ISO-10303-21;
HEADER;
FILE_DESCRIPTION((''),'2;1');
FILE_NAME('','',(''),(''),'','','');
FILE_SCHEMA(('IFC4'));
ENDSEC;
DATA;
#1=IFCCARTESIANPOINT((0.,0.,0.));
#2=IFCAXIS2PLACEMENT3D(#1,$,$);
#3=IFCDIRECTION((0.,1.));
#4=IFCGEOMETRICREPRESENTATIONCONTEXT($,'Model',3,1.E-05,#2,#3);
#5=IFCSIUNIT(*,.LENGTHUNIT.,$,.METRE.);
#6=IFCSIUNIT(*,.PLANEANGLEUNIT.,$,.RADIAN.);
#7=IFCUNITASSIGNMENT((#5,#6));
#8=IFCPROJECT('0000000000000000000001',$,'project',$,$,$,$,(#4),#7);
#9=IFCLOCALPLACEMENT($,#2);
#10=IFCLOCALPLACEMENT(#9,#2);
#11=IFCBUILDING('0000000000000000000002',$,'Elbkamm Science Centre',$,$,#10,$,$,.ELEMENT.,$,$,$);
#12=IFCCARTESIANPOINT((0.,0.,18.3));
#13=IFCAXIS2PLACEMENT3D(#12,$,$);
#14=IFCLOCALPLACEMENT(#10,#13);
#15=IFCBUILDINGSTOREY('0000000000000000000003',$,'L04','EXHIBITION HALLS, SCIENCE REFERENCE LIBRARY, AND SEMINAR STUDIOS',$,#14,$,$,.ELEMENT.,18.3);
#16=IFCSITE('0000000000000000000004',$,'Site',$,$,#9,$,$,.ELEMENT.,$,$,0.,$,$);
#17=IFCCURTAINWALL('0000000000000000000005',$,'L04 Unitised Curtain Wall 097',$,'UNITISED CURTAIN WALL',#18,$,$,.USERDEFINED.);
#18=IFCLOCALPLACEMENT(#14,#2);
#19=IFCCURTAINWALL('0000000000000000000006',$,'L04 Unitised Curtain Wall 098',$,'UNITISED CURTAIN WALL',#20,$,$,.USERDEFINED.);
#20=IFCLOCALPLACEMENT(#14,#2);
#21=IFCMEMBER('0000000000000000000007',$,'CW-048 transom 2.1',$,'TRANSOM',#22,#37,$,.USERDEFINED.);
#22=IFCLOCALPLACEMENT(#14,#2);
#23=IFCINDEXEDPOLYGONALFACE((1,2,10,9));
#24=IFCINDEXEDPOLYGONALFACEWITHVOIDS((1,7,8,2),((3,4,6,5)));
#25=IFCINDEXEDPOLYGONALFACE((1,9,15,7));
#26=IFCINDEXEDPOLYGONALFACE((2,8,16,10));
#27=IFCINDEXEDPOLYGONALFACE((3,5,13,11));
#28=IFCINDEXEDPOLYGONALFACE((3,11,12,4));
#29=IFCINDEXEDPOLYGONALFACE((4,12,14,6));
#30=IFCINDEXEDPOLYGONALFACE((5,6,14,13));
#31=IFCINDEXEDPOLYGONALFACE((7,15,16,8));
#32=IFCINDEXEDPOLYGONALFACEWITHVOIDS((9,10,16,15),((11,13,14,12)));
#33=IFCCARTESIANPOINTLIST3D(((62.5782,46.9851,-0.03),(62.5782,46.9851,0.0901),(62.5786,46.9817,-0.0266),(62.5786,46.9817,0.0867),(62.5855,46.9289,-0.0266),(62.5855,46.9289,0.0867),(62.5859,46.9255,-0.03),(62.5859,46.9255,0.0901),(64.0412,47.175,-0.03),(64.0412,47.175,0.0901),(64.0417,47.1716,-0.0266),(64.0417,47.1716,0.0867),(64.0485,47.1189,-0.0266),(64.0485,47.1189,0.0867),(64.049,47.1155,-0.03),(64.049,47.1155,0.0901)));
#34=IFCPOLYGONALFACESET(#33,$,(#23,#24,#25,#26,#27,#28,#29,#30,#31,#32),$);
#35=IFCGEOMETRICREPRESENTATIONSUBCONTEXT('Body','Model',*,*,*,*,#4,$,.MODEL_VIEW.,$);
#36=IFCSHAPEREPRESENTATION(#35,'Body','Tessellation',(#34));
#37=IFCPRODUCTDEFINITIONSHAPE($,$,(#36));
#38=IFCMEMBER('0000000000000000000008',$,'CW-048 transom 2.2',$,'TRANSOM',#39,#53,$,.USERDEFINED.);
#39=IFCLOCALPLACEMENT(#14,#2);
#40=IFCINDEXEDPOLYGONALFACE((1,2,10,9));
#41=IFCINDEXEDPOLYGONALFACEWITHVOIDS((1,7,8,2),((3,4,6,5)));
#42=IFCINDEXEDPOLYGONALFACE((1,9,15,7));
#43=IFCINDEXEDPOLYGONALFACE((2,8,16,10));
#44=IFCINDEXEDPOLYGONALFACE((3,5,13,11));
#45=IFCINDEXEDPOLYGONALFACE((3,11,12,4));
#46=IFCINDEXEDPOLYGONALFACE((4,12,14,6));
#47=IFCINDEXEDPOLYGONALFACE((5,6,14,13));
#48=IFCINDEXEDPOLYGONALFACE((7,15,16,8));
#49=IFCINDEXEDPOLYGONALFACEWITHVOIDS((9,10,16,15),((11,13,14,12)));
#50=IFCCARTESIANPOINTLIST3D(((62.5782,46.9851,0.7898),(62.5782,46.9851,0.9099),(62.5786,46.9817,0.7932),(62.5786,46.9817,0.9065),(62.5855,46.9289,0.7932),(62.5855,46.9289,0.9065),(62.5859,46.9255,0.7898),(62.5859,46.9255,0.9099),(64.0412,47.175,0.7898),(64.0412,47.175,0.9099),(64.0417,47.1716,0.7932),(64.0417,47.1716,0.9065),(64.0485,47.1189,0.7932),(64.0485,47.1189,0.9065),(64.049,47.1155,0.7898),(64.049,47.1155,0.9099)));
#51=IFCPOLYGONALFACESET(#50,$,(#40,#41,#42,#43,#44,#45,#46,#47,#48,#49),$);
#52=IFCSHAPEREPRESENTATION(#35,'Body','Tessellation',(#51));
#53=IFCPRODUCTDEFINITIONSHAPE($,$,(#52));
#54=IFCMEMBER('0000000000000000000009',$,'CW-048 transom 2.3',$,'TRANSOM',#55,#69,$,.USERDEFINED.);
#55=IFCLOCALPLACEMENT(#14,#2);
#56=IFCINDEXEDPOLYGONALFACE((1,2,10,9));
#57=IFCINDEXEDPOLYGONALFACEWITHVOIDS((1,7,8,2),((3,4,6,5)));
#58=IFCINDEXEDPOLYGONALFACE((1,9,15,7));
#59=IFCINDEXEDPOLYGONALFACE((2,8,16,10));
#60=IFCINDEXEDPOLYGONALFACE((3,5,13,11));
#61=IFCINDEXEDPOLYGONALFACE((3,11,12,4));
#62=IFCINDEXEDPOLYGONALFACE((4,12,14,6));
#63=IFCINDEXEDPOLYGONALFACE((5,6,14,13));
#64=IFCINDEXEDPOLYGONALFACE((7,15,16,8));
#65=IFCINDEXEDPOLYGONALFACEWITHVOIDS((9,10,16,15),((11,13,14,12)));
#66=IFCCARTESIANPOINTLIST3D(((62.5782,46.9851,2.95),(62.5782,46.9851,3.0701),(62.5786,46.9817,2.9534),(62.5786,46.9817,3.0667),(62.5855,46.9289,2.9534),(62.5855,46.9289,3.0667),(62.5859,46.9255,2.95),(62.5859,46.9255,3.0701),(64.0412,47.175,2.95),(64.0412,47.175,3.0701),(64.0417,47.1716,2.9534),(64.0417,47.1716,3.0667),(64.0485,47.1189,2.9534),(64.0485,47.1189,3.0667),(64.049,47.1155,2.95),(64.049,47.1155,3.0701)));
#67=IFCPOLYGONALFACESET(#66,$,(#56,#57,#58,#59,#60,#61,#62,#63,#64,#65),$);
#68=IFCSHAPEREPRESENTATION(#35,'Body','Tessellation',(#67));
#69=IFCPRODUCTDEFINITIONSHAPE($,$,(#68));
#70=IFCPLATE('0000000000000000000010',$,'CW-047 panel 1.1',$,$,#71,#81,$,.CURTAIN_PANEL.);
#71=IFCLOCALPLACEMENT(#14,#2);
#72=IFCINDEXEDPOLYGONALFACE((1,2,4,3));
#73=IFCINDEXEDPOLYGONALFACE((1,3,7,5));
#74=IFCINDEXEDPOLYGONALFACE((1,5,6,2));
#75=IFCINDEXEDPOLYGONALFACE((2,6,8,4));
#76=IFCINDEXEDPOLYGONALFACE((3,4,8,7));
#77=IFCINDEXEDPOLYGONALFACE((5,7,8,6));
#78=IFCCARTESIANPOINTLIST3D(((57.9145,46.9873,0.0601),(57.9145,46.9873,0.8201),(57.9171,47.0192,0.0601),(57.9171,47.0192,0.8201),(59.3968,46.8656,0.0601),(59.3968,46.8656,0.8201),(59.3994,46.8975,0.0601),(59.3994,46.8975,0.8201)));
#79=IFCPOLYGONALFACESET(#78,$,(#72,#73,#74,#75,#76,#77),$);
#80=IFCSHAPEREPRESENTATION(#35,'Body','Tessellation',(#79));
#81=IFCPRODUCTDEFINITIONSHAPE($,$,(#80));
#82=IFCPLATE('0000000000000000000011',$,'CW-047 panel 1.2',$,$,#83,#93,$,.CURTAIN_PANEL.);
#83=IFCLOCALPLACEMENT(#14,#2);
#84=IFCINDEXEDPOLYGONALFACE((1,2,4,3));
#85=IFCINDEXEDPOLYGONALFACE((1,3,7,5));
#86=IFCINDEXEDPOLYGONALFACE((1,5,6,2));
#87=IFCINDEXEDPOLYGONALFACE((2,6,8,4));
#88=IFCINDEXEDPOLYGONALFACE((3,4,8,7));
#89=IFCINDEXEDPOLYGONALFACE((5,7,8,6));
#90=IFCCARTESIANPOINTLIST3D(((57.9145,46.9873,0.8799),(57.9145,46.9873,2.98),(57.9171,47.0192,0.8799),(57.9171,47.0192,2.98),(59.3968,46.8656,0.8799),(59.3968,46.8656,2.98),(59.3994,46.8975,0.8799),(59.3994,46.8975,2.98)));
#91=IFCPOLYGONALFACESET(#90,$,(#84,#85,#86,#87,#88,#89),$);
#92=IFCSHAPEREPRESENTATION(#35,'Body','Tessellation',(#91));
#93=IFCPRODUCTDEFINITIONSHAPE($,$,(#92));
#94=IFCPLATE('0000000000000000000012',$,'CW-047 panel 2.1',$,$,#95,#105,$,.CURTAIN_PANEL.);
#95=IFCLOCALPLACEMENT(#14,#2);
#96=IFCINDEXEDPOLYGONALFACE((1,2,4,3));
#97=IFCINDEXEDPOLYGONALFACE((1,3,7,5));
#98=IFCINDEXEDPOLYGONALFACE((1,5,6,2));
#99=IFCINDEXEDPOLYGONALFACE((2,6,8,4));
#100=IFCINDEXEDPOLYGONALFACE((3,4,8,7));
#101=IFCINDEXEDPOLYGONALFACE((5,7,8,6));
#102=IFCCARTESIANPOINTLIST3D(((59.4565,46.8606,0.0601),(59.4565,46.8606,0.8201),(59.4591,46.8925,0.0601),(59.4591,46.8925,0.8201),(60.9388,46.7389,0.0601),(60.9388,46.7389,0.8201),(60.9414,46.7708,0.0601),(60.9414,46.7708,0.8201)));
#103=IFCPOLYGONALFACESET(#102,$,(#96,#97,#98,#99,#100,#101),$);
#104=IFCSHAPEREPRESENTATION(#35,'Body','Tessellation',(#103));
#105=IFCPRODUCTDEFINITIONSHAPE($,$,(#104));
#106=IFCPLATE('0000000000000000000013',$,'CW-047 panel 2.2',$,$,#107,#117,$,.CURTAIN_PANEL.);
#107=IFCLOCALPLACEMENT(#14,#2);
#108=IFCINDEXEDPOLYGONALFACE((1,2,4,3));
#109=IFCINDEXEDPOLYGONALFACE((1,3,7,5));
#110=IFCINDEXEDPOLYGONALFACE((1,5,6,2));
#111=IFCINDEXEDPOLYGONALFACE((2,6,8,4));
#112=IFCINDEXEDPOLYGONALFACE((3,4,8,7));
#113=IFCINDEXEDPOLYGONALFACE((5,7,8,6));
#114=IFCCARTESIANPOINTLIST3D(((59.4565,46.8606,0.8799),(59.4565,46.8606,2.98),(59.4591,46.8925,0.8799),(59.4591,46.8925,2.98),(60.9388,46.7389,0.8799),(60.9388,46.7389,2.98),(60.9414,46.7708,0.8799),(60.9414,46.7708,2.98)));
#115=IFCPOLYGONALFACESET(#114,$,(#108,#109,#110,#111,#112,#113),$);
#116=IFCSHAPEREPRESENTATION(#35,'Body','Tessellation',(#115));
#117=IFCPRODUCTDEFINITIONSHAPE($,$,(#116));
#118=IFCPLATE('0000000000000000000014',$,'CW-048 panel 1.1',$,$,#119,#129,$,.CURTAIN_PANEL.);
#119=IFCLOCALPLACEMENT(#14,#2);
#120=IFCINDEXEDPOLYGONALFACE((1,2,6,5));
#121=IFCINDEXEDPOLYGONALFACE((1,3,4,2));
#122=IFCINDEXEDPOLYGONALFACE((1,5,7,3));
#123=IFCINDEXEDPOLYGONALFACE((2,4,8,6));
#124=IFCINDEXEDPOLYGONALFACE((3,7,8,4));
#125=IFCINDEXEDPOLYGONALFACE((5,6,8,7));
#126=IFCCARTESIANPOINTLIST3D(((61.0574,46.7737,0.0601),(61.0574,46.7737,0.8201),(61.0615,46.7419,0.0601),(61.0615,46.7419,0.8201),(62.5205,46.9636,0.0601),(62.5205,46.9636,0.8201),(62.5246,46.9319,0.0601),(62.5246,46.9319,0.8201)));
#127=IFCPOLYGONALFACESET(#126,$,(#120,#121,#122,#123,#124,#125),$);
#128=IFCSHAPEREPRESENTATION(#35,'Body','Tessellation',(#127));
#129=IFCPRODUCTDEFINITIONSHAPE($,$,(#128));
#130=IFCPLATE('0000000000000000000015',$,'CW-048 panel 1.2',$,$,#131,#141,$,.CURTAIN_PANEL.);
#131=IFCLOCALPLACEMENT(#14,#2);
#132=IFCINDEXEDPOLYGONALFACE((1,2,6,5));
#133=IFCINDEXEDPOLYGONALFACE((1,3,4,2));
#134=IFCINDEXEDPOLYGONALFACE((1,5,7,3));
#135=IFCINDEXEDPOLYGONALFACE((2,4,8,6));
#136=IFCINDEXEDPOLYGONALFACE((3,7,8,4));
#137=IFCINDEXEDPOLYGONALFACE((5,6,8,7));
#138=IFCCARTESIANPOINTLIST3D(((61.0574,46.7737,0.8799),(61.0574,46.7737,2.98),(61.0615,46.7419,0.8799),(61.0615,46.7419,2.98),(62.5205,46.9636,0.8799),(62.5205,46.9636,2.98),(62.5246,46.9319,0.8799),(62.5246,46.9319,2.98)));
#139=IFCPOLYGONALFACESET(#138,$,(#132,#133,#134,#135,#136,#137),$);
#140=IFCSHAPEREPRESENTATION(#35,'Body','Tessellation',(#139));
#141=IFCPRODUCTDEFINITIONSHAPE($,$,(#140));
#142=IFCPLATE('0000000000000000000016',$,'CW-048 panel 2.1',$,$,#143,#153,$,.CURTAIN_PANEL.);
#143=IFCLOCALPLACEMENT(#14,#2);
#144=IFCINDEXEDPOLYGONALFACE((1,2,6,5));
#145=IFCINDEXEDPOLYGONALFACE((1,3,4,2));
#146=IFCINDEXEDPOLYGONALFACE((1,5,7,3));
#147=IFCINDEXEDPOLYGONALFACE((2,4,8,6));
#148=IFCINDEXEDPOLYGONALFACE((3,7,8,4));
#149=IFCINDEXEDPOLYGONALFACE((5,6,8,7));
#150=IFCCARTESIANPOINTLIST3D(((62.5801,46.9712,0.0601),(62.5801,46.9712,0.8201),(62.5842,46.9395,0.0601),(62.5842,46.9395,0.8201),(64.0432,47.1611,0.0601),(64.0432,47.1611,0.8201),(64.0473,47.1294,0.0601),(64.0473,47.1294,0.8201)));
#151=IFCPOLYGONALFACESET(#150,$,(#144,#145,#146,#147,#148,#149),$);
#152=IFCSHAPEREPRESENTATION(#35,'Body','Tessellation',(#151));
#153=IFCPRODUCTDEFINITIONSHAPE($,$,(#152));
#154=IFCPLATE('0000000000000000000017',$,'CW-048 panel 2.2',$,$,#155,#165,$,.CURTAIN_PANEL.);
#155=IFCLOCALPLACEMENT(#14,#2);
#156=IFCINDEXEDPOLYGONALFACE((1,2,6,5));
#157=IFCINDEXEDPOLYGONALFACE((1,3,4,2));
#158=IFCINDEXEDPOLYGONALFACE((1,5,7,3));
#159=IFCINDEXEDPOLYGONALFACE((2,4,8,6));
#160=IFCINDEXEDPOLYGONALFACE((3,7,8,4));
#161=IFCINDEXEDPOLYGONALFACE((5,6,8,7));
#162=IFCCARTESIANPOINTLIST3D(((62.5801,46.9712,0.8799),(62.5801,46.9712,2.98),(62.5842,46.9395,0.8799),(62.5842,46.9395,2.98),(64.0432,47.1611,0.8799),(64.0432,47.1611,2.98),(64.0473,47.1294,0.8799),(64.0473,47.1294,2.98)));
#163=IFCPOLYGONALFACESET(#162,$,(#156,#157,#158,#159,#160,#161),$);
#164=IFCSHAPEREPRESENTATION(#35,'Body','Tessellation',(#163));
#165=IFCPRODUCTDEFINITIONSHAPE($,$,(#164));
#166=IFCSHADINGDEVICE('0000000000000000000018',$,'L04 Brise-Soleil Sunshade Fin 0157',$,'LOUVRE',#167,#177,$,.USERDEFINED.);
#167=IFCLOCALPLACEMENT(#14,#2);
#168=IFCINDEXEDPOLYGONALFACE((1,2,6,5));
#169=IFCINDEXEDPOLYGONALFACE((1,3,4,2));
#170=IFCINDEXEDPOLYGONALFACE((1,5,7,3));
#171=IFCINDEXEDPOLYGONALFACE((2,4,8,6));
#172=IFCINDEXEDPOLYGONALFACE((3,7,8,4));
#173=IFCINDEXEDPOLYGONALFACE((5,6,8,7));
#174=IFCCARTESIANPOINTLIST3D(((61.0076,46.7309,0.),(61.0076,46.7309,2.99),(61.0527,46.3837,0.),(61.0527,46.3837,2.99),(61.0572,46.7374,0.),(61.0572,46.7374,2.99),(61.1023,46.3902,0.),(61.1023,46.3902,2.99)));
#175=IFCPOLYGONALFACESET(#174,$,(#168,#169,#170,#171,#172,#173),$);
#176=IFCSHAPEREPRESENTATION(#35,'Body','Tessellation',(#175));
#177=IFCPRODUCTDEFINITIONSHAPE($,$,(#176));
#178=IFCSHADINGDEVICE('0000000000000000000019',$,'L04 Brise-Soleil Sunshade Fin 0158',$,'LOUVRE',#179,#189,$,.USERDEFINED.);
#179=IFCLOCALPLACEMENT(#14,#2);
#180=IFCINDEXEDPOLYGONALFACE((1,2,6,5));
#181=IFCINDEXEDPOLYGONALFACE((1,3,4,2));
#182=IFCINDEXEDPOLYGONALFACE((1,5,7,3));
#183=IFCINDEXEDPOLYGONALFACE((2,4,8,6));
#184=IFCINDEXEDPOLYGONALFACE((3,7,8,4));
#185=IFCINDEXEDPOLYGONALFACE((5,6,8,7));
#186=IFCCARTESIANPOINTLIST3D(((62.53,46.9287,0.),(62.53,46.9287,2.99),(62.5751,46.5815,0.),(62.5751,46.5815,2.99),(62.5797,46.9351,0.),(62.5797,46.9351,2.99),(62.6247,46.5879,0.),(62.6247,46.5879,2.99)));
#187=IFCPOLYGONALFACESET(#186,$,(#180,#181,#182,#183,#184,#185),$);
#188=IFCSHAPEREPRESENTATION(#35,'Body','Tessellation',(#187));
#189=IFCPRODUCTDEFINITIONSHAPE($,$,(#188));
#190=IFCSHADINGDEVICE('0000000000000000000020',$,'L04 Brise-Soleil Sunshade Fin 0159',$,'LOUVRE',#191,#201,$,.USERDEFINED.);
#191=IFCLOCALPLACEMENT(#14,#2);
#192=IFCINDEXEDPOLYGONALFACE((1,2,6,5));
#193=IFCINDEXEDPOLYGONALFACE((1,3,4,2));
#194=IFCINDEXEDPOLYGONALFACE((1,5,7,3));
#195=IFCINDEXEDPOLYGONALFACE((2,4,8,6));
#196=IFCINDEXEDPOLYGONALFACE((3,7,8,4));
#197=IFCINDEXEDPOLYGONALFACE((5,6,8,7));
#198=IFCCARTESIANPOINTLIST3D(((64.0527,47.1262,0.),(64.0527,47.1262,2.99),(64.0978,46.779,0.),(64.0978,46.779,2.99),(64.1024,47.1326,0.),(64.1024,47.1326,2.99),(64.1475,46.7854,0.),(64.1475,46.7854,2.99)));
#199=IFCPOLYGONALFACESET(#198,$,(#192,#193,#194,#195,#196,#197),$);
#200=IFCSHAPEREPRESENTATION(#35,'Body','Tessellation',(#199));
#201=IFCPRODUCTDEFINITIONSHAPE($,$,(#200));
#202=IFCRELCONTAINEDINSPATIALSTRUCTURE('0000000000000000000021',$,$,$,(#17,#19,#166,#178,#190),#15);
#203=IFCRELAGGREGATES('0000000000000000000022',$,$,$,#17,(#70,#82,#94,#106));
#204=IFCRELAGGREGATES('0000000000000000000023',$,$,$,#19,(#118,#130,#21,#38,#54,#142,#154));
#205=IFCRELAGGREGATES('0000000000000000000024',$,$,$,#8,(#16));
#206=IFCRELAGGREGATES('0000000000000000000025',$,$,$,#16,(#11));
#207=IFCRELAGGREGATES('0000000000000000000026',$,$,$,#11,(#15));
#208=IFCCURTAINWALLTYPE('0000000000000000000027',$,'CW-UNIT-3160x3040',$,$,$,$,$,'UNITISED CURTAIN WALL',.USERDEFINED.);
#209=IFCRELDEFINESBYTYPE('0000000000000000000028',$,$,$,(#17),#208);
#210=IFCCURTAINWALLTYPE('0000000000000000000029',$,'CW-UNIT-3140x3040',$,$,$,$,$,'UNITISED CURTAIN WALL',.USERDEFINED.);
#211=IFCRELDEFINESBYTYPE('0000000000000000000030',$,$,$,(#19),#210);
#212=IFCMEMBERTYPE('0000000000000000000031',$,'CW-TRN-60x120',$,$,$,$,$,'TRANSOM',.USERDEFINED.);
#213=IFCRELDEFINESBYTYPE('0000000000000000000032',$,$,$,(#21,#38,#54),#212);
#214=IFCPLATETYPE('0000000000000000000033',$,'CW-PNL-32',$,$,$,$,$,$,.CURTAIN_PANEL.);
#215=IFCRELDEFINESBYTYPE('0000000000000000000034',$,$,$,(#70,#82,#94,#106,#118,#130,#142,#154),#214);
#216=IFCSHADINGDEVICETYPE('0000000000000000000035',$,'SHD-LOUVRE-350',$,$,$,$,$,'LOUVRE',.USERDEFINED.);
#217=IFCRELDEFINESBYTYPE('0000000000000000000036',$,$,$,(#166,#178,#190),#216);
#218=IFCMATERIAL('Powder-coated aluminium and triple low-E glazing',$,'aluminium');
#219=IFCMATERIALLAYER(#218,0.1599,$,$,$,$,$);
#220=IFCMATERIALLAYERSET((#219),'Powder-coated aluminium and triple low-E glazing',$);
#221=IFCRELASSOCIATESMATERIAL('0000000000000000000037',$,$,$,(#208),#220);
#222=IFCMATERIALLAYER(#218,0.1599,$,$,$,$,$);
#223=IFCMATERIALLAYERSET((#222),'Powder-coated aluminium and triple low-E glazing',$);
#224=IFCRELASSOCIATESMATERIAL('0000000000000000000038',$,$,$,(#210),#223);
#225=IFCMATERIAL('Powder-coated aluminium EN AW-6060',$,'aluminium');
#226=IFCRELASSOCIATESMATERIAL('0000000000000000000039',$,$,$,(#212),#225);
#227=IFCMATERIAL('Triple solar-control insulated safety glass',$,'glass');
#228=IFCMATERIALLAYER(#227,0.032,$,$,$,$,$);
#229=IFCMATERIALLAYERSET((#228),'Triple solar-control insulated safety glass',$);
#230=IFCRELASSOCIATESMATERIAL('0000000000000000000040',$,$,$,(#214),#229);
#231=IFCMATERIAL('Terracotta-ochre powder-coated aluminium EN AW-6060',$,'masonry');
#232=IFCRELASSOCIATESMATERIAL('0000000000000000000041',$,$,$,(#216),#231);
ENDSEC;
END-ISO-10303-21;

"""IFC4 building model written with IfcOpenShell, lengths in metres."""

from ifc_helpers import new_model, si_unit, direction, frame, origin, origin_2d, place, context, subcontext, project, spatial, rectangle, hollow_rectangle, extrude, material, layer, layer_set, material_profile, profile_set, type_object, element, aggregate, save


model = new_model("IFC4")

# Units and contexts
model_context = context("Model", 3, precision=1e-05, world=origin(), true_north=direction((0.0, 1.0)))
body_context = subcontext(model_context, "Body", "Model", "MODEL_VIEW")
ifc_project = project(units=[si_unit("LENGTHUNIT", "METRE"), si_unit("PLANEANGLEUNIT", "RADIAN")], contexts=[model_context])

# Site, building, storey
site_placement = place(None, origin())
site = spatial("IfcSite", under=ifc_project, at=site_placement, Name="Site", CompositionType="ELEMENT", RefElevation=0.0)
building_placement = place(site_placement, origin())
building = spatial("IfcBuilding", under=site, at=building_placement, Name="Elbkamm Science Centre", CompositionType="ELEMENT")
storey_placement = place(building_placement, frame((0.0, 0.0, 18.3)))
storey = spatial("IfcBuildingStorey", under=building, at=storey_placement, Name="L04", Description="EXHIBITION HALLS, SCIENCE REFERENCE LIBRARY, AND SEMINAR STUDIOS", CompositionType="ELEMENT", Elevation=18.3)

# Curtain walls
ifc_material_1 = material(Name="Powder-coated aluminium and triple low-E glazing", Category="aluminium")
ifc_layer_1 = layer(ifc_material_1, 0.1599)
ifc_layer_set_1 = layer_set([ifc_layer_1], Name="Powder-coated aluminium and triple low-E glazing")
curtain_wall_type_1 = type_object("IfcCurtainWallType", Name="CW-UNIT-3160x3040", ElementType="UNITISED CURTAIN WALL", PredefinedType="USERDEFINED", material=ifc_layer_set_1)
curtain_wall_1_placement = place(storey_placement, origin())
curtain_wall_1 = element("IfcCurtainWall", 1, at=curtain_wall_1_placement, inside=storey, type_object=curtain_wall_type_1, Name="L04 Unitised Curtain Wall 097", ObjectType="UNITISED CURTAIN WALL", PredefinedType="USERDEFINED")
ifc_material_2 = material(Name="Powder-coated aluminium EN AW-6060", Category="aluminium")
ifc_layer_2 = layer(ifc_material_1, 0.1599)
ifc_layer_set_2 = layer_set([ifc_layer_2], Name="Powder-coated aluminium and triple low-E glazing")
curtain_wall_type_2 = type_object("IfcCurtainWallType", Name="CW-UNIT-3140x3040", ElementType="UNITISED CURTAIN WALL", PredefinedType="USERDEFINED", material=ifc_layer_set_2)
curtain_wall_2_placement = place(storey_placement, origin())
curtain_wall_2 = element("IfcCurtainWall", 2, at=curtain_wall_2_placement, inside=storey, type_object=curtain_wall_type_2, Name="L04 Unitised Curtain Wall 098", ObjectType="UNITISED CURTAIN WALL", PredefinedType="USERDEFINED")

# Members
ifc_material_profile_1 = material_profile(ifc_material_2, hollow_rectangle(XDim=0.0601, YDim=0.1201, WallThickness=0.0034, at=origin_2d()), Name="ALU T60x120")
ifc_profile_set_1 = profile_set([ifc_material_profile_1], Name="Powder-coated aluminium EN AW-6060")
member_type_1 = type_object("IfcMemberType", Name="CW-TRN-60x120", ElementType="TRANSOM", PredefinedType="USERDEFINED", material=ifc_profile_set_1)
member_1_placement = place(storey_placement, frame((62.582, 46.9553, 0.03), z_axis=(0.991679, 0.128738, 0.0), x_axis=(-0.128738, 0.991679, 0.0)))
member_1 = element("IfcMember", 3, at=member_1_placement, type_object=member_type_1, Name="CW-048 transom 2.1", ObjectType="TRANSOM", PredefinedType="USERDEFINED", context=body_context, shape_type="SweptSolid", body=[
    extrude(hollow_rectangle(XDim=0.0601, YDim=0.1201, WallThickness=0.0034, at=origin_2d()), origin(), (0.0, 0.0, 1.0), 1.4753),
])
member_2_placement = place(storey_placement, frame((62.582, 46.9553, 0.8499), z_axis=(0.991679, 0.128738, 0.0), x_axis=(-0.128738, 0.991679, 0.0)))
member_2 = element("IfcMember", 4, at=member_2_placement, type_object=member_type_1, Name="CW-048 transom 2.2", ObjectType="TRANSOM", PredefinedType="USERDEFINED", context=body_context, shape_type="SweptSolid", body=[
    extrude(hollow_rectangle(XDim=0.0601, YDim=0.1201, WallThickness=0.0034, at=origin_2d()), origin(), (0.0, 0.0, 1.0), 1.4753),
])
member_3_placement = place(storey_placement, frame((62.582, 46.9553, 3.01), z_axis=(0.991679, 0.128738, 0.0), x_axis=(-0.128738, 0.991679, 0.0)))
member_3 = element("IfcMember", 5, at=member_3_placement, type_object=member_type_1, Name="CW-048 transom 2.3", ObjectType="TRANSOM", PredefinedType="USERDEFINED", context=body_context, shape_type="SweptSolid", body=[
    extrude(hollow_rectangle(XDim=0.0601, YDim=0.1201, WallThickness=0.0034, at=origin_2d()), origin(), (0.0, 0.0, 1.0), 1.4753),
])

# Plates
ifc_material_3 = material(Name="Triple solar-control insulated safety glass", Category="glass")
ifc_layer_3 = layer(ifc_material_3, 0.032)
ifc_layer_set_3 = layer_set([ifc_layer_3], Name="Triple solar-control insulated safety glass")
plate_type = type_object("IfcPlateType", Name="CW-PNL-32", PredefinedType="CURTAIN_PANEL", material=ifc_layer_set_3)
plate_1_placement = place(storey_placement, frame((58.657, 46.9424, 0.0601), z_axis=(0.0, 0.0, 1.0), x_axis=(0.996647, -0.08182, 0.0)))
plate_1 = element("IfcPlate", 6, at=plate_1_placement, type_object=plate_type, Name="CW-047 panel 1.1", PredefinedType="CURTAIN_PANEL", context=body_context, shape_type="SweptSolid", body=[
    extrude(rectangle(XDim=1.4873, YDim=0.032, at=origin_2d()), origin(), (0.0, 0.0, 1.0), 0.76),
])
plate_2_placement = place(storey_placement, frame((58.657, 46.9424, 0.8799), z_axis=(0.0, 0.0, 1.0), x_axis=(0.996647, -0.08182, 0.0)))
plate_2 = element("IfcPlate", 7, at=plate_2_placement, type_object=plate_type, Name="CW-047 panel 1.2", PredefinedType="CURTAIN_PANEL", context=body_context, shape_type="SweptSolid", body=[
    extrude(rectangle(XDim=1.4873, YDim=0.032, at=origin_2d()), origin(), (0.0, 0.0, 1.0), 2.1001),
])
plate_3_placement = place(storey_placement, frame((60.199, 46.8157, 0.0601), z_axis=(0.0, 0.0, 1.0), x_axis=(0.996647, -0.08182, 0.0)))
plate_3 = element("IfcPlate", 8, at=plate_3_placement, type_object=plate_type, Name="CW-047 panel 2.1", PredefinedType="CURTAIN_PANEL", context=body_context, shape_type="SweptSolid", body=[
    extrude(rectangle(XDim=1.4873, YDim=0.032, at=origin_2d()), origin(), (0.0, 0.0, 1.0), 0.76),
])
plate_4_placement = place(storey_placement, frame((60.199, 46.8157, 0.8799), z_axis=(0.0, 0.0, 1.0), x_axis=(0.996647, -0.08182, 0.0)))
plate_4 = element("IfcPlate", 9, at=plate_4_placement, type_object=plate_type, Name="CW-047 panel 2.2", PredefinedType="CURTAIN_PANEL", context=body_context, shape_type="SweptSolid", body=[
    extrude(rectangle(XDim=1.4873, YDim=0.032, at=origin_2d()), origin(), (0.0, 0.0, 1.0), 2.1001),
])
aggregate(curtain_wall_1, [plate_1, plate_2, plate_3, plate_4])
plate_5_placement = place(storey_placement, frame((61.791, 46.8528, 0.0601), z_axis=(0.0, 0.0, 1.0), x_axis=(0.991676, 0.128755, 0.0)))
plate_5 = element("IfcPlate", 10, at=plate_5_placement, type_object=plate_type, Name="CW-048 panel 1.1", PredefinedType="CURTAIN_PANEL", context=body_context, shape_type="SweptSolid", body=[
    extrude(rectangle(XDim=1.4753, YDim=0.032, at=origin_2d()), origin(), (0.0, 0.0, 1.0), 0.76),
])
plate_6_placement = place(storey_placement, frame((61.791, 46.8528, 0.8799), z_axis=(0.0, 0.0, 1.0), x_axis=(0.991676, 0.128755, 0.0)))
plate_6 = element("IfcPlate", 11, at=plate_6_placement, type_object=plate_type, Name="CW-048 panel 1.2", PredefinedType="CURTAIN_PANEL", context=body_context, shape_type="SweptSolid", body=[
    extrude(rectangle(XDim=1.4753, YDim=0.032, at=origin_2d()), origin(), (0.0, 0.0, 1.0), 2.1001),
])
plate_7_placement = place(storey_placement, frame((63.3137, 47.0503, 0.0601), z_axis=(0.0, 0.0, 1.0), x_axis=(0.991676, 0.128755, 0.0)))
plate_7 = element("IfcPlate", 12, at=plate_7_placement, type_object=plate_type, Name="CW-048 panel 2.1", PredefinedType="CURTAIN_PANEL", context=body_context, shape_type="SweptSolid", body=[
    extrude(rectangle(XDim=1.4753, YDim=0.032, at=origin_2d()), origin(), (0.0, 0.0, 1.0), 0.76),
])
plate_8_placement = place(storey_placement, frame((63.3137, 47.0503, 0.8799), z_axis=(0.0, 0.0, 1.0), x_axis=(0.991676, 0.128755, 0.0)))
plate_8 = element("IfcPlate", 13, at=plate_8_placement, type_object=plate_type, Name="CW-048 panel 2.2", PredefinedType="CURTAIN_PANEL", context=body_context, shape_type="SweptSolid", body=[
    extrude(rectangle(XDim=1.4753, YDim=0.032, at=origin_2d()), origin(), (0.0, 0.0, 1.0), 2.1001),
])
aggregate(curtain_wall_2, [plate_5, plate_6, member_1, member_2, member_3, plate_7, plate_8])

# Shading devices
ifc_material_4 = material(Name="Terracotta-ochre powder-coated aluminium EN AW-6060", Category="masonry")
shading_device_type = type_object("IfcShadingDeviceType", Name="SHD-LOUVRE-350", ElementType="LOUVRE", PredefinedType="USERDEFINED", material=ifc_material_4)
for number, where, z_axis, x_axis, name in (
    (14, (61.0549, 46.5605, 0.0), (0.0, 0.0, 1.0), (0.128754, -0.991677, 0.0), "L04 Brise-Soleil Sunshade Fin 0157"),
    (15, (62.5774, 46.7583, 0.0), (0.0, 0.0, 1.0), (0.128754, -0.991677, 0.0), "L04 Brise-Soleil Sunshade Fin 0158"),
    (16, (64.1001, 46.9558, 0.0), (0.0, 0.0, 1.0), (0.128754, -0.991677, 0.0), "L04 Brise-Soleil Sunshade Fin 0159"),
):
    element("IfcShadingDevice", number, at=place(storey_placement, frame(where, z_axis=z_axis, x_axis=x_axis)), inside=storey, type_object=shading_device_type, Name=name, ObjectType="LOUVRE", PredefinedType="USERDEFINED", context=body_context, shape_type="SweptSolid", body=[
        extrude(rectangle(XDim=0.3501, YDim=0.05, at=origin_2d()), origin(), (0.0, 0.0, 1.0), 2.99),
    ])

save(model, "model.ifc")
